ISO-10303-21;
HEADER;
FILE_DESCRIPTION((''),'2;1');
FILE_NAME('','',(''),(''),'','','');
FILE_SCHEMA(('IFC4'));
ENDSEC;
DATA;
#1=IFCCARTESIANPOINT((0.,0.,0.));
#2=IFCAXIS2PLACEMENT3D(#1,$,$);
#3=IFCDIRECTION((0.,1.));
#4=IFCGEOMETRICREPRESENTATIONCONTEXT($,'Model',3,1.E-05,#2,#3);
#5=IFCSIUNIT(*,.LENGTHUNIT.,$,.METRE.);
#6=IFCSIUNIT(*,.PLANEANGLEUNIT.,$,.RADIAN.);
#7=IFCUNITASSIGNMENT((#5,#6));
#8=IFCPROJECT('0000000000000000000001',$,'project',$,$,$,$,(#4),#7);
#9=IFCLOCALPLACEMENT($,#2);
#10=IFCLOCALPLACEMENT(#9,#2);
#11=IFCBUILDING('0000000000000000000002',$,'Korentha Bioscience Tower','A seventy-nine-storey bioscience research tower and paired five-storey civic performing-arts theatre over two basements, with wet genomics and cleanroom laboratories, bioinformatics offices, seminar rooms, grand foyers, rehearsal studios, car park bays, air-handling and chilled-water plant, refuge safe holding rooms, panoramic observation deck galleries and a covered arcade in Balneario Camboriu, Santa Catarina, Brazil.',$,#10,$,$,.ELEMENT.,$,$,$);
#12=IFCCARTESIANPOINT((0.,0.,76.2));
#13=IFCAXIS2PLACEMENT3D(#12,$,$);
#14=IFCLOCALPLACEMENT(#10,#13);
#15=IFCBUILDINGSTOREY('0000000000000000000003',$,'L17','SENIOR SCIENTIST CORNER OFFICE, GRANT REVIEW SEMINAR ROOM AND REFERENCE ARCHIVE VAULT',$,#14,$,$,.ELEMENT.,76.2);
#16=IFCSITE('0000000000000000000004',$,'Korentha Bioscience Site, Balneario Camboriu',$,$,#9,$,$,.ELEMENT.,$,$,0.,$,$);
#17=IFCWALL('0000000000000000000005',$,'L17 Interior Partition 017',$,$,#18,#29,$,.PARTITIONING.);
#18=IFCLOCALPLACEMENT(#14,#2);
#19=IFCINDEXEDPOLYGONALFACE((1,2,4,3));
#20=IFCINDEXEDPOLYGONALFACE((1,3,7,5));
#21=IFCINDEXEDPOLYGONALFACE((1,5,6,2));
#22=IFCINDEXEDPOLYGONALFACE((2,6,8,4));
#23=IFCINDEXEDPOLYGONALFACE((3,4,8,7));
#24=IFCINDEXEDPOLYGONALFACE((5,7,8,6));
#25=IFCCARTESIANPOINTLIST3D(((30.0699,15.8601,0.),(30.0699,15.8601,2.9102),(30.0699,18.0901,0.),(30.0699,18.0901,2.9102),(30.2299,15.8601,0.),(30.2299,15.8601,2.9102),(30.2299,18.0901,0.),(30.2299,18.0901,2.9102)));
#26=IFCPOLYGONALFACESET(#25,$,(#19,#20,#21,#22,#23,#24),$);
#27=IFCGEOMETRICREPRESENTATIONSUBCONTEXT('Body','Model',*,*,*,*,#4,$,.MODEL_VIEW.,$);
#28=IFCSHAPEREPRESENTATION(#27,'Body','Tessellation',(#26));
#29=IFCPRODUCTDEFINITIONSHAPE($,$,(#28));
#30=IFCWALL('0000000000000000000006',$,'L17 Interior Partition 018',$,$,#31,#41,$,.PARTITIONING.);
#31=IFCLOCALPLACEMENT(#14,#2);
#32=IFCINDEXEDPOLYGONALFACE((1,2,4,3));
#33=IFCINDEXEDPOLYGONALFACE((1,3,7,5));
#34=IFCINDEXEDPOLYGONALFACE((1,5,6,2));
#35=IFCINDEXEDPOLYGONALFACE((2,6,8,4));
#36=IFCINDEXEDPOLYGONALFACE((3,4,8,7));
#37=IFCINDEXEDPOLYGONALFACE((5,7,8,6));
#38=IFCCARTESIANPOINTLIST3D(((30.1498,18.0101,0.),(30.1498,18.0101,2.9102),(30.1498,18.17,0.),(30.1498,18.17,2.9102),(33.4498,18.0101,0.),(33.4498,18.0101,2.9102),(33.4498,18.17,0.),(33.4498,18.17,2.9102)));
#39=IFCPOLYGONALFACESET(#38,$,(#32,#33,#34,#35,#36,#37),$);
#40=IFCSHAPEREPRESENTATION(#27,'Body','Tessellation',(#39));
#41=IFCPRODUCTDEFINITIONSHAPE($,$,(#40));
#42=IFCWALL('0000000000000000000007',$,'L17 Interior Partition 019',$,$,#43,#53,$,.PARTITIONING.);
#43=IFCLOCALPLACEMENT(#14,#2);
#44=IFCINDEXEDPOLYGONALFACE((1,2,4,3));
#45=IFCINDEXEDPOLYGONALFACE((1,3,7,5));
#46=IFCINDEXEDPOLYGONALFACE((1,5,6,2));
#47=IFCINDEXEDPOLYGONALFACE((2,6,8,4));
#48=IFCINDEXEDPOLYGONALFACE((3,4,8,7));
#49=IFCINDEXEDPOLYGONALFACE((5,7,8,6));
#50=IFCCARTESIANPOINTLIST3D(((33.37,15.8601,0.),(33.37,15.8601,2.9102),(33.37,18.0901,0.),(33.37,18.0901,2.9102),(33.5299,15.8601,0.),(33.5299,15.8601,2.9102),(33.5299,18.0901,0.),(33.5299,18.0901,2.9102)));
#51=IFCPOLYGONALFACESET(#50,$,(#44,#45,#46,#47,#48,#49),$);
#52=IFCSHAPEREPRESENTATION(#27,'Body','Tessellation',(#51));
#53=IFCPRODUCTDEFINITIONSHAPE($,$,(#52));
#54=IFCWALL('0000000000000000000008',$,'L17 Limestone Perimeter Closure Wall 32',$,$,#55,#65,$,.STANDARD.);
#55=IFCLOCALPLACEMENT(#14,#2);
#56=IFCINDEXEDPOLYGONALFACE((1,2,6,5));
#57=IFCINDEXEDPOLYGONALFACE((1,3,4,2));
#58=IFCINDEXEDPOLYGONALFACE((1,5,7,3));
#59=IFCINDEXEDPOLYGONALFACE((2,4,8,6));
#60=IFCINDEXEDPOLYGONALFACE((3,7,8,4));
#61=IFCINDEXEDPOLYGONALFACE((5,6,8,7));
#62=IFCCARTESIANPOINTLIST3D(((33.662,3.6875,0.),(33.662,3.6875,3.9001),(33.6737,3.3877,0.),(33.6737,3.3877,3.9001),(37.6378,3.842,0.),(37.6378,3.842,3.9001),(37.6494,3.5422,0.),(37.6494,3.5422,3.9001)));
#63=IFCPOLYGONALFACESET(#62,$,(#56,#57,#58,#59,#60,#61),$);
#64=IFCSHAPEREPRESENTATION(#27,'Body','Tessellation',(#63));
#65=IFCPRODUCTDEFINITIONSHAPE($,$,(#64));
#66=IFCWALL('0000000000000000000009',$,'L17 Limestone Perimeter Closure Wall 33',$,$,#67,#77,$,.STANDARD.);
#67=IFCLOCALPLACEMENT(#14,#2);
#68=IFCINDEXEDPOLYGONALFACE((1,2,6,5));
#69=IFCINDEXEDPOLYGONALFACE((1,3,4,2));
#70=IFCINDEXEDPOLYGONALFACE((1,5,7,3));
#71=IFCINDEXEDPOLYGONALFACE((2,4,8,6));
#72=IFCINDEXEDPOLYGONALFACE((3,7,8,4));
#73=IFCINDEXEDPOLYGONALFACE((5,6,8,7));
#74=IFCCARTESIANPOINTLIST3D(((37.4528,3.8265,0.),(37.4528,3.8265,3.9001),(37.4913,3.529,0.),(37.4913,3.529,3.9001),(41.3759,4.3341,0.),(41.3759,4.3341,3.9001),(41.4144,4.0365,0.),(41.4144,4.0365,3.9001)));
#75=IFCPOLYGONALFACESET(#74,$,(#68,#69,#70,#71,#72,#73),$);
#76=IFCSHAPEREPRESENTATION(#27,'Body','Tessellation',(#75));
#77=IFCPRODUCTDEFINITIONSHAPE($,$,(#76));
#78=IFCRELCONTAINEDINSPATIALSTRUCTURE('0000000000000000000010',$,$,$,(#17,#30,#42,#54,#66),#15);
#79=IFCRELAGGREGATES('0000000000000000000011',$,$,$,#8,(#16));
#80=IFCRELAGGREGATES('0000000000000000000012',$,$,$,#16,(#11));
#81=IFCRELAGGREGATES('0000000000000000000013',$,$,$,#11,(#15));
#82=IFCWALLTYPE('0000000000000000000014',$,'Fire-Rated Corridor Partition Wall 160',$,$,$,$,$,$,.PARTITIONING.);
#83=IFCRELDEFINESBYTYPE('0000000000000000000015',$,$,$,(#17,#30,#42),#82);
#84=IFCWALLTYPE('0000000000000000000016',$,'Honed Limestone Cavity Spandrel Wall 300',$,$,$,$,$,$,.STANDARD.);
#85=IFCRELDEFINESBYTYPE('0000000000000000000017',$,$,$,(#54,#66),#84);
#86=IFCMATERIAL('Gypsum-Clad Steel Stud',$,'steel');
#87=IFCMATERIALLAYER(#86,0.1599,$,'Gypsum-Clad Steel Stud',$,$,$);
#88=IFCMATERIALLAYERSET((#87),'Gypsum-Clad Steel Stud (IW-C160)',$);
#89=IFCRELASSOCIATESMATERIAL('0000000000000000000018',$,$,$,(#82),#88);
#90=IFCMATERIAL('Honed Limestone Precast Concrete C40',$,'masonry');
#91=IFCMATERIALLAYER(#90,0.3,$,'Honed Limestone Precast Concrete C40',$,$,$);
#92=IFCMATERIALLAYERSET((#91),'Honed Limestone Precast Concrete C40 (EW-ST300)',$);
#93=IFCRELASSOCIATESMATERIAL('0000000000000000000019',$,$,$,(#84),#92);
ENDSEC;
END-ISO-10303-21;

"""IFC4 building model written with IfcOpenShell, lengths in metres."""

from ifc_helpers import new_model, si_unit, direction, frame, frame_2d, origin, place, context, subcontext, project, spatial, rectangle, extrude, material, layer, layer_set, type_object, element, save


model = new_model("IFC4")

# Units and contexts
model_context = context("Model", 3, precision=1e-05, world=origin(), true_north=direction((0.0, 1.0)))
body_context = subcontext(model_context, "Body", "Model", "MODEL_VIEW")
ifc_project = project(units=[si_unit("LENGTHUNIT", "METRE"), si_unit("PLANEANGLEUNIT", "RADIAN")], contexts=[model_context])

# Site, building, storey
site_placement = place(None, origin())
site = spatial("IfcSite", under=ifc_project, at=site_placement, Name="Korentha Bioscience Site, Balneario Camboriu", CompositionType="ELEMENT", RefElevation=0.0)
building_placement = place(site_placement, origin())
building = spatial("IfcBuilding", under=site, at=building_placement, Name="Korentha Bioscience Tower", Description="A seventy-nine-storey bioscience research tower and paired five-storey civic performing-arts theatre over two basements, with wet genomics and cleanroom laboratories, bioinformatics offices, seminar rooms, grand foyers, rehearsal studios, car park bays, air-handling and chilled-water plant, refuge safe holding rooms, panoramic observation deck galleries and a covered arcade in Balneario Camboriu, Santa Catarina, Brazil.", CompositionType="ELEMENT")
storey_placement = place(building_placement, frame((0.0, 0.0, 76.2)))
storey = spatial("IfcBuildingStorey", under=building, at=storey_placement, Name="L17", Description="SENIOR SCIENTIST CORNER OFFICE, GRANT REVIEW SEMINAR ROOM AND REFERENCE ARCHIVE VAULT", CompositionType="ELEMENT", Elevation=76.2)

# Shared definitions
ifc_material_1 = material(Name="Gypsum-Clad Steel Stud", Category="steel")
ifc_layer_1 = layer(ifc_material_1, 0.1599, Name="Gypsum-Clad Steel Stud")
ifc_layer_set_1 = layer_set([ifc_layer_1], Name="Gypsum-Clad Steel Stud (IW-C160)")
wall_type_1 = type_object("IfcWallType", Name="Fire-Rated Corridor Partition Wall 160", PredefinedType="PARTITIONING", material=ifc_layer_set_1)

# Walls
wall_1_placement = place(storey_placement, frame((30.1499, 15.8601, 0.0), z_axis=(0.0, 0.0, 1.0), x_axis=(0.0, 1.0, 0.0)))
element("IfcWall", 1, at=wall_1_placement, inside=storey, type_object=wall_type_1, Name="L17 Interior Partition 017", PredefinedType="PARTITIONING", context=body_context, shape_type="SweptSolid", body=[
    extrude(rectangle(XDim=2.23, YDim=0.1599, at=frame_2d((1.115, 0.0))), origin(), (0.0, 0.0, 1.0), 2.9102),
])
wall_2_placement = place(storey_placement, frame((30.1499, 18.0901, 0.0), z_axis=(0.0, 0.0, 1.0), x_axis=(1.0, 0.0, 0.0)))
element("IfcWall", 2, at=wall_2_placement, inside=storey, type_object=wall_type_1, Name="L17 Interior Partition 018", PredefinedType="PARTITIONING", context=body_context, shape_type="SweptSolid", body=[
    extrude(rectangle(XDim=3.3, YDim=0.1599, at=frame_2d((1.6499, 0.0))), origin(), (0.0, 0.0, 1.0), 2.9102),
])
wall_3_placement = place(storey_placement, frame((33.45, 18.0901, 0.0), z_axis=(0.0, 0.0, 1.0), x_axis=(0.0, -1.0, 0.0)))
element("IfcWall", 3, at=wall_3_placement, inside=storey, type_object=wall_type_1, Name="L17 Interior Partition 019", PredefinedType="PARTITIONING", context=body_context, shape_type="SweptSolid", body=[
    extrude(rectangle(XDim=2.23, YDim=0.1599, at=frame_2d((1.115, 0.0))), origin(), (0.0, 0.0, 1.0), 2.9102),
])
ifc_material_2 = material(Name="Honed Limestone Precast Concrete C40", Category="masonry")
ifc_layer_2 = layer(ifc_material_2, 0.3, Name="Honed Limestone Precast Concrete C40")
ifc_layer_set_2 = layer_set([ifc_layer_2], Name="Honed Limestone Precast Concrete C40 (EW-ST300)")
wall_type_2 = type_object("IfcWallType", Name="Honed Limestone Cavity Spandrel Wall 300", PredefinedType="STANDARD", material=ifc_layer_set_2)
wall_4_placement = place(storey_placement, frame((33.668, 3.5376, 0.0), z_axis=(0.0, 0.0, 1.0), x_axis=(0.999245, 0.038841, 0.0)))
element("IfcWall", 4, at=wall_4_placement, inside=storey, type_object=wall_type_2, Name="L17 Limestone Perimeter Closure Wall 32", PredefinedType="STANDARD", context=body_context, shape_type="SweptSolid", body=[
    extrude(rectangle(XDim=3.9788, YDim=0.3, at=frame_2d((1.9893, 0.0))), origin(), (0.0, 0.0, 1.0), 3.9001),
])
wall_5_placement = place(storey_placement, frame((37.4719, 3.6777, 0.0), z_axis=(0.0, 0.0, 1.0), x_axis=(0.991734, 0.12831, 0.0)))
element("IfcWall", 5, at=wall_5_placement, inside=storey, type_object=wall_type_2, Name="L17 Limestone Perimeter Closure Wall 33", PredefinedType="STANDARD", context=body_context, shape_type="SweptSolid", body=[
    extrude(rectangle(XDim=3.9558, YDim=0.3, at=frame_2d((1.978, 0.0))), origin(), (0.0, 0.0, 1.0), 3.9001),
])

save(model, "model.ifc")
